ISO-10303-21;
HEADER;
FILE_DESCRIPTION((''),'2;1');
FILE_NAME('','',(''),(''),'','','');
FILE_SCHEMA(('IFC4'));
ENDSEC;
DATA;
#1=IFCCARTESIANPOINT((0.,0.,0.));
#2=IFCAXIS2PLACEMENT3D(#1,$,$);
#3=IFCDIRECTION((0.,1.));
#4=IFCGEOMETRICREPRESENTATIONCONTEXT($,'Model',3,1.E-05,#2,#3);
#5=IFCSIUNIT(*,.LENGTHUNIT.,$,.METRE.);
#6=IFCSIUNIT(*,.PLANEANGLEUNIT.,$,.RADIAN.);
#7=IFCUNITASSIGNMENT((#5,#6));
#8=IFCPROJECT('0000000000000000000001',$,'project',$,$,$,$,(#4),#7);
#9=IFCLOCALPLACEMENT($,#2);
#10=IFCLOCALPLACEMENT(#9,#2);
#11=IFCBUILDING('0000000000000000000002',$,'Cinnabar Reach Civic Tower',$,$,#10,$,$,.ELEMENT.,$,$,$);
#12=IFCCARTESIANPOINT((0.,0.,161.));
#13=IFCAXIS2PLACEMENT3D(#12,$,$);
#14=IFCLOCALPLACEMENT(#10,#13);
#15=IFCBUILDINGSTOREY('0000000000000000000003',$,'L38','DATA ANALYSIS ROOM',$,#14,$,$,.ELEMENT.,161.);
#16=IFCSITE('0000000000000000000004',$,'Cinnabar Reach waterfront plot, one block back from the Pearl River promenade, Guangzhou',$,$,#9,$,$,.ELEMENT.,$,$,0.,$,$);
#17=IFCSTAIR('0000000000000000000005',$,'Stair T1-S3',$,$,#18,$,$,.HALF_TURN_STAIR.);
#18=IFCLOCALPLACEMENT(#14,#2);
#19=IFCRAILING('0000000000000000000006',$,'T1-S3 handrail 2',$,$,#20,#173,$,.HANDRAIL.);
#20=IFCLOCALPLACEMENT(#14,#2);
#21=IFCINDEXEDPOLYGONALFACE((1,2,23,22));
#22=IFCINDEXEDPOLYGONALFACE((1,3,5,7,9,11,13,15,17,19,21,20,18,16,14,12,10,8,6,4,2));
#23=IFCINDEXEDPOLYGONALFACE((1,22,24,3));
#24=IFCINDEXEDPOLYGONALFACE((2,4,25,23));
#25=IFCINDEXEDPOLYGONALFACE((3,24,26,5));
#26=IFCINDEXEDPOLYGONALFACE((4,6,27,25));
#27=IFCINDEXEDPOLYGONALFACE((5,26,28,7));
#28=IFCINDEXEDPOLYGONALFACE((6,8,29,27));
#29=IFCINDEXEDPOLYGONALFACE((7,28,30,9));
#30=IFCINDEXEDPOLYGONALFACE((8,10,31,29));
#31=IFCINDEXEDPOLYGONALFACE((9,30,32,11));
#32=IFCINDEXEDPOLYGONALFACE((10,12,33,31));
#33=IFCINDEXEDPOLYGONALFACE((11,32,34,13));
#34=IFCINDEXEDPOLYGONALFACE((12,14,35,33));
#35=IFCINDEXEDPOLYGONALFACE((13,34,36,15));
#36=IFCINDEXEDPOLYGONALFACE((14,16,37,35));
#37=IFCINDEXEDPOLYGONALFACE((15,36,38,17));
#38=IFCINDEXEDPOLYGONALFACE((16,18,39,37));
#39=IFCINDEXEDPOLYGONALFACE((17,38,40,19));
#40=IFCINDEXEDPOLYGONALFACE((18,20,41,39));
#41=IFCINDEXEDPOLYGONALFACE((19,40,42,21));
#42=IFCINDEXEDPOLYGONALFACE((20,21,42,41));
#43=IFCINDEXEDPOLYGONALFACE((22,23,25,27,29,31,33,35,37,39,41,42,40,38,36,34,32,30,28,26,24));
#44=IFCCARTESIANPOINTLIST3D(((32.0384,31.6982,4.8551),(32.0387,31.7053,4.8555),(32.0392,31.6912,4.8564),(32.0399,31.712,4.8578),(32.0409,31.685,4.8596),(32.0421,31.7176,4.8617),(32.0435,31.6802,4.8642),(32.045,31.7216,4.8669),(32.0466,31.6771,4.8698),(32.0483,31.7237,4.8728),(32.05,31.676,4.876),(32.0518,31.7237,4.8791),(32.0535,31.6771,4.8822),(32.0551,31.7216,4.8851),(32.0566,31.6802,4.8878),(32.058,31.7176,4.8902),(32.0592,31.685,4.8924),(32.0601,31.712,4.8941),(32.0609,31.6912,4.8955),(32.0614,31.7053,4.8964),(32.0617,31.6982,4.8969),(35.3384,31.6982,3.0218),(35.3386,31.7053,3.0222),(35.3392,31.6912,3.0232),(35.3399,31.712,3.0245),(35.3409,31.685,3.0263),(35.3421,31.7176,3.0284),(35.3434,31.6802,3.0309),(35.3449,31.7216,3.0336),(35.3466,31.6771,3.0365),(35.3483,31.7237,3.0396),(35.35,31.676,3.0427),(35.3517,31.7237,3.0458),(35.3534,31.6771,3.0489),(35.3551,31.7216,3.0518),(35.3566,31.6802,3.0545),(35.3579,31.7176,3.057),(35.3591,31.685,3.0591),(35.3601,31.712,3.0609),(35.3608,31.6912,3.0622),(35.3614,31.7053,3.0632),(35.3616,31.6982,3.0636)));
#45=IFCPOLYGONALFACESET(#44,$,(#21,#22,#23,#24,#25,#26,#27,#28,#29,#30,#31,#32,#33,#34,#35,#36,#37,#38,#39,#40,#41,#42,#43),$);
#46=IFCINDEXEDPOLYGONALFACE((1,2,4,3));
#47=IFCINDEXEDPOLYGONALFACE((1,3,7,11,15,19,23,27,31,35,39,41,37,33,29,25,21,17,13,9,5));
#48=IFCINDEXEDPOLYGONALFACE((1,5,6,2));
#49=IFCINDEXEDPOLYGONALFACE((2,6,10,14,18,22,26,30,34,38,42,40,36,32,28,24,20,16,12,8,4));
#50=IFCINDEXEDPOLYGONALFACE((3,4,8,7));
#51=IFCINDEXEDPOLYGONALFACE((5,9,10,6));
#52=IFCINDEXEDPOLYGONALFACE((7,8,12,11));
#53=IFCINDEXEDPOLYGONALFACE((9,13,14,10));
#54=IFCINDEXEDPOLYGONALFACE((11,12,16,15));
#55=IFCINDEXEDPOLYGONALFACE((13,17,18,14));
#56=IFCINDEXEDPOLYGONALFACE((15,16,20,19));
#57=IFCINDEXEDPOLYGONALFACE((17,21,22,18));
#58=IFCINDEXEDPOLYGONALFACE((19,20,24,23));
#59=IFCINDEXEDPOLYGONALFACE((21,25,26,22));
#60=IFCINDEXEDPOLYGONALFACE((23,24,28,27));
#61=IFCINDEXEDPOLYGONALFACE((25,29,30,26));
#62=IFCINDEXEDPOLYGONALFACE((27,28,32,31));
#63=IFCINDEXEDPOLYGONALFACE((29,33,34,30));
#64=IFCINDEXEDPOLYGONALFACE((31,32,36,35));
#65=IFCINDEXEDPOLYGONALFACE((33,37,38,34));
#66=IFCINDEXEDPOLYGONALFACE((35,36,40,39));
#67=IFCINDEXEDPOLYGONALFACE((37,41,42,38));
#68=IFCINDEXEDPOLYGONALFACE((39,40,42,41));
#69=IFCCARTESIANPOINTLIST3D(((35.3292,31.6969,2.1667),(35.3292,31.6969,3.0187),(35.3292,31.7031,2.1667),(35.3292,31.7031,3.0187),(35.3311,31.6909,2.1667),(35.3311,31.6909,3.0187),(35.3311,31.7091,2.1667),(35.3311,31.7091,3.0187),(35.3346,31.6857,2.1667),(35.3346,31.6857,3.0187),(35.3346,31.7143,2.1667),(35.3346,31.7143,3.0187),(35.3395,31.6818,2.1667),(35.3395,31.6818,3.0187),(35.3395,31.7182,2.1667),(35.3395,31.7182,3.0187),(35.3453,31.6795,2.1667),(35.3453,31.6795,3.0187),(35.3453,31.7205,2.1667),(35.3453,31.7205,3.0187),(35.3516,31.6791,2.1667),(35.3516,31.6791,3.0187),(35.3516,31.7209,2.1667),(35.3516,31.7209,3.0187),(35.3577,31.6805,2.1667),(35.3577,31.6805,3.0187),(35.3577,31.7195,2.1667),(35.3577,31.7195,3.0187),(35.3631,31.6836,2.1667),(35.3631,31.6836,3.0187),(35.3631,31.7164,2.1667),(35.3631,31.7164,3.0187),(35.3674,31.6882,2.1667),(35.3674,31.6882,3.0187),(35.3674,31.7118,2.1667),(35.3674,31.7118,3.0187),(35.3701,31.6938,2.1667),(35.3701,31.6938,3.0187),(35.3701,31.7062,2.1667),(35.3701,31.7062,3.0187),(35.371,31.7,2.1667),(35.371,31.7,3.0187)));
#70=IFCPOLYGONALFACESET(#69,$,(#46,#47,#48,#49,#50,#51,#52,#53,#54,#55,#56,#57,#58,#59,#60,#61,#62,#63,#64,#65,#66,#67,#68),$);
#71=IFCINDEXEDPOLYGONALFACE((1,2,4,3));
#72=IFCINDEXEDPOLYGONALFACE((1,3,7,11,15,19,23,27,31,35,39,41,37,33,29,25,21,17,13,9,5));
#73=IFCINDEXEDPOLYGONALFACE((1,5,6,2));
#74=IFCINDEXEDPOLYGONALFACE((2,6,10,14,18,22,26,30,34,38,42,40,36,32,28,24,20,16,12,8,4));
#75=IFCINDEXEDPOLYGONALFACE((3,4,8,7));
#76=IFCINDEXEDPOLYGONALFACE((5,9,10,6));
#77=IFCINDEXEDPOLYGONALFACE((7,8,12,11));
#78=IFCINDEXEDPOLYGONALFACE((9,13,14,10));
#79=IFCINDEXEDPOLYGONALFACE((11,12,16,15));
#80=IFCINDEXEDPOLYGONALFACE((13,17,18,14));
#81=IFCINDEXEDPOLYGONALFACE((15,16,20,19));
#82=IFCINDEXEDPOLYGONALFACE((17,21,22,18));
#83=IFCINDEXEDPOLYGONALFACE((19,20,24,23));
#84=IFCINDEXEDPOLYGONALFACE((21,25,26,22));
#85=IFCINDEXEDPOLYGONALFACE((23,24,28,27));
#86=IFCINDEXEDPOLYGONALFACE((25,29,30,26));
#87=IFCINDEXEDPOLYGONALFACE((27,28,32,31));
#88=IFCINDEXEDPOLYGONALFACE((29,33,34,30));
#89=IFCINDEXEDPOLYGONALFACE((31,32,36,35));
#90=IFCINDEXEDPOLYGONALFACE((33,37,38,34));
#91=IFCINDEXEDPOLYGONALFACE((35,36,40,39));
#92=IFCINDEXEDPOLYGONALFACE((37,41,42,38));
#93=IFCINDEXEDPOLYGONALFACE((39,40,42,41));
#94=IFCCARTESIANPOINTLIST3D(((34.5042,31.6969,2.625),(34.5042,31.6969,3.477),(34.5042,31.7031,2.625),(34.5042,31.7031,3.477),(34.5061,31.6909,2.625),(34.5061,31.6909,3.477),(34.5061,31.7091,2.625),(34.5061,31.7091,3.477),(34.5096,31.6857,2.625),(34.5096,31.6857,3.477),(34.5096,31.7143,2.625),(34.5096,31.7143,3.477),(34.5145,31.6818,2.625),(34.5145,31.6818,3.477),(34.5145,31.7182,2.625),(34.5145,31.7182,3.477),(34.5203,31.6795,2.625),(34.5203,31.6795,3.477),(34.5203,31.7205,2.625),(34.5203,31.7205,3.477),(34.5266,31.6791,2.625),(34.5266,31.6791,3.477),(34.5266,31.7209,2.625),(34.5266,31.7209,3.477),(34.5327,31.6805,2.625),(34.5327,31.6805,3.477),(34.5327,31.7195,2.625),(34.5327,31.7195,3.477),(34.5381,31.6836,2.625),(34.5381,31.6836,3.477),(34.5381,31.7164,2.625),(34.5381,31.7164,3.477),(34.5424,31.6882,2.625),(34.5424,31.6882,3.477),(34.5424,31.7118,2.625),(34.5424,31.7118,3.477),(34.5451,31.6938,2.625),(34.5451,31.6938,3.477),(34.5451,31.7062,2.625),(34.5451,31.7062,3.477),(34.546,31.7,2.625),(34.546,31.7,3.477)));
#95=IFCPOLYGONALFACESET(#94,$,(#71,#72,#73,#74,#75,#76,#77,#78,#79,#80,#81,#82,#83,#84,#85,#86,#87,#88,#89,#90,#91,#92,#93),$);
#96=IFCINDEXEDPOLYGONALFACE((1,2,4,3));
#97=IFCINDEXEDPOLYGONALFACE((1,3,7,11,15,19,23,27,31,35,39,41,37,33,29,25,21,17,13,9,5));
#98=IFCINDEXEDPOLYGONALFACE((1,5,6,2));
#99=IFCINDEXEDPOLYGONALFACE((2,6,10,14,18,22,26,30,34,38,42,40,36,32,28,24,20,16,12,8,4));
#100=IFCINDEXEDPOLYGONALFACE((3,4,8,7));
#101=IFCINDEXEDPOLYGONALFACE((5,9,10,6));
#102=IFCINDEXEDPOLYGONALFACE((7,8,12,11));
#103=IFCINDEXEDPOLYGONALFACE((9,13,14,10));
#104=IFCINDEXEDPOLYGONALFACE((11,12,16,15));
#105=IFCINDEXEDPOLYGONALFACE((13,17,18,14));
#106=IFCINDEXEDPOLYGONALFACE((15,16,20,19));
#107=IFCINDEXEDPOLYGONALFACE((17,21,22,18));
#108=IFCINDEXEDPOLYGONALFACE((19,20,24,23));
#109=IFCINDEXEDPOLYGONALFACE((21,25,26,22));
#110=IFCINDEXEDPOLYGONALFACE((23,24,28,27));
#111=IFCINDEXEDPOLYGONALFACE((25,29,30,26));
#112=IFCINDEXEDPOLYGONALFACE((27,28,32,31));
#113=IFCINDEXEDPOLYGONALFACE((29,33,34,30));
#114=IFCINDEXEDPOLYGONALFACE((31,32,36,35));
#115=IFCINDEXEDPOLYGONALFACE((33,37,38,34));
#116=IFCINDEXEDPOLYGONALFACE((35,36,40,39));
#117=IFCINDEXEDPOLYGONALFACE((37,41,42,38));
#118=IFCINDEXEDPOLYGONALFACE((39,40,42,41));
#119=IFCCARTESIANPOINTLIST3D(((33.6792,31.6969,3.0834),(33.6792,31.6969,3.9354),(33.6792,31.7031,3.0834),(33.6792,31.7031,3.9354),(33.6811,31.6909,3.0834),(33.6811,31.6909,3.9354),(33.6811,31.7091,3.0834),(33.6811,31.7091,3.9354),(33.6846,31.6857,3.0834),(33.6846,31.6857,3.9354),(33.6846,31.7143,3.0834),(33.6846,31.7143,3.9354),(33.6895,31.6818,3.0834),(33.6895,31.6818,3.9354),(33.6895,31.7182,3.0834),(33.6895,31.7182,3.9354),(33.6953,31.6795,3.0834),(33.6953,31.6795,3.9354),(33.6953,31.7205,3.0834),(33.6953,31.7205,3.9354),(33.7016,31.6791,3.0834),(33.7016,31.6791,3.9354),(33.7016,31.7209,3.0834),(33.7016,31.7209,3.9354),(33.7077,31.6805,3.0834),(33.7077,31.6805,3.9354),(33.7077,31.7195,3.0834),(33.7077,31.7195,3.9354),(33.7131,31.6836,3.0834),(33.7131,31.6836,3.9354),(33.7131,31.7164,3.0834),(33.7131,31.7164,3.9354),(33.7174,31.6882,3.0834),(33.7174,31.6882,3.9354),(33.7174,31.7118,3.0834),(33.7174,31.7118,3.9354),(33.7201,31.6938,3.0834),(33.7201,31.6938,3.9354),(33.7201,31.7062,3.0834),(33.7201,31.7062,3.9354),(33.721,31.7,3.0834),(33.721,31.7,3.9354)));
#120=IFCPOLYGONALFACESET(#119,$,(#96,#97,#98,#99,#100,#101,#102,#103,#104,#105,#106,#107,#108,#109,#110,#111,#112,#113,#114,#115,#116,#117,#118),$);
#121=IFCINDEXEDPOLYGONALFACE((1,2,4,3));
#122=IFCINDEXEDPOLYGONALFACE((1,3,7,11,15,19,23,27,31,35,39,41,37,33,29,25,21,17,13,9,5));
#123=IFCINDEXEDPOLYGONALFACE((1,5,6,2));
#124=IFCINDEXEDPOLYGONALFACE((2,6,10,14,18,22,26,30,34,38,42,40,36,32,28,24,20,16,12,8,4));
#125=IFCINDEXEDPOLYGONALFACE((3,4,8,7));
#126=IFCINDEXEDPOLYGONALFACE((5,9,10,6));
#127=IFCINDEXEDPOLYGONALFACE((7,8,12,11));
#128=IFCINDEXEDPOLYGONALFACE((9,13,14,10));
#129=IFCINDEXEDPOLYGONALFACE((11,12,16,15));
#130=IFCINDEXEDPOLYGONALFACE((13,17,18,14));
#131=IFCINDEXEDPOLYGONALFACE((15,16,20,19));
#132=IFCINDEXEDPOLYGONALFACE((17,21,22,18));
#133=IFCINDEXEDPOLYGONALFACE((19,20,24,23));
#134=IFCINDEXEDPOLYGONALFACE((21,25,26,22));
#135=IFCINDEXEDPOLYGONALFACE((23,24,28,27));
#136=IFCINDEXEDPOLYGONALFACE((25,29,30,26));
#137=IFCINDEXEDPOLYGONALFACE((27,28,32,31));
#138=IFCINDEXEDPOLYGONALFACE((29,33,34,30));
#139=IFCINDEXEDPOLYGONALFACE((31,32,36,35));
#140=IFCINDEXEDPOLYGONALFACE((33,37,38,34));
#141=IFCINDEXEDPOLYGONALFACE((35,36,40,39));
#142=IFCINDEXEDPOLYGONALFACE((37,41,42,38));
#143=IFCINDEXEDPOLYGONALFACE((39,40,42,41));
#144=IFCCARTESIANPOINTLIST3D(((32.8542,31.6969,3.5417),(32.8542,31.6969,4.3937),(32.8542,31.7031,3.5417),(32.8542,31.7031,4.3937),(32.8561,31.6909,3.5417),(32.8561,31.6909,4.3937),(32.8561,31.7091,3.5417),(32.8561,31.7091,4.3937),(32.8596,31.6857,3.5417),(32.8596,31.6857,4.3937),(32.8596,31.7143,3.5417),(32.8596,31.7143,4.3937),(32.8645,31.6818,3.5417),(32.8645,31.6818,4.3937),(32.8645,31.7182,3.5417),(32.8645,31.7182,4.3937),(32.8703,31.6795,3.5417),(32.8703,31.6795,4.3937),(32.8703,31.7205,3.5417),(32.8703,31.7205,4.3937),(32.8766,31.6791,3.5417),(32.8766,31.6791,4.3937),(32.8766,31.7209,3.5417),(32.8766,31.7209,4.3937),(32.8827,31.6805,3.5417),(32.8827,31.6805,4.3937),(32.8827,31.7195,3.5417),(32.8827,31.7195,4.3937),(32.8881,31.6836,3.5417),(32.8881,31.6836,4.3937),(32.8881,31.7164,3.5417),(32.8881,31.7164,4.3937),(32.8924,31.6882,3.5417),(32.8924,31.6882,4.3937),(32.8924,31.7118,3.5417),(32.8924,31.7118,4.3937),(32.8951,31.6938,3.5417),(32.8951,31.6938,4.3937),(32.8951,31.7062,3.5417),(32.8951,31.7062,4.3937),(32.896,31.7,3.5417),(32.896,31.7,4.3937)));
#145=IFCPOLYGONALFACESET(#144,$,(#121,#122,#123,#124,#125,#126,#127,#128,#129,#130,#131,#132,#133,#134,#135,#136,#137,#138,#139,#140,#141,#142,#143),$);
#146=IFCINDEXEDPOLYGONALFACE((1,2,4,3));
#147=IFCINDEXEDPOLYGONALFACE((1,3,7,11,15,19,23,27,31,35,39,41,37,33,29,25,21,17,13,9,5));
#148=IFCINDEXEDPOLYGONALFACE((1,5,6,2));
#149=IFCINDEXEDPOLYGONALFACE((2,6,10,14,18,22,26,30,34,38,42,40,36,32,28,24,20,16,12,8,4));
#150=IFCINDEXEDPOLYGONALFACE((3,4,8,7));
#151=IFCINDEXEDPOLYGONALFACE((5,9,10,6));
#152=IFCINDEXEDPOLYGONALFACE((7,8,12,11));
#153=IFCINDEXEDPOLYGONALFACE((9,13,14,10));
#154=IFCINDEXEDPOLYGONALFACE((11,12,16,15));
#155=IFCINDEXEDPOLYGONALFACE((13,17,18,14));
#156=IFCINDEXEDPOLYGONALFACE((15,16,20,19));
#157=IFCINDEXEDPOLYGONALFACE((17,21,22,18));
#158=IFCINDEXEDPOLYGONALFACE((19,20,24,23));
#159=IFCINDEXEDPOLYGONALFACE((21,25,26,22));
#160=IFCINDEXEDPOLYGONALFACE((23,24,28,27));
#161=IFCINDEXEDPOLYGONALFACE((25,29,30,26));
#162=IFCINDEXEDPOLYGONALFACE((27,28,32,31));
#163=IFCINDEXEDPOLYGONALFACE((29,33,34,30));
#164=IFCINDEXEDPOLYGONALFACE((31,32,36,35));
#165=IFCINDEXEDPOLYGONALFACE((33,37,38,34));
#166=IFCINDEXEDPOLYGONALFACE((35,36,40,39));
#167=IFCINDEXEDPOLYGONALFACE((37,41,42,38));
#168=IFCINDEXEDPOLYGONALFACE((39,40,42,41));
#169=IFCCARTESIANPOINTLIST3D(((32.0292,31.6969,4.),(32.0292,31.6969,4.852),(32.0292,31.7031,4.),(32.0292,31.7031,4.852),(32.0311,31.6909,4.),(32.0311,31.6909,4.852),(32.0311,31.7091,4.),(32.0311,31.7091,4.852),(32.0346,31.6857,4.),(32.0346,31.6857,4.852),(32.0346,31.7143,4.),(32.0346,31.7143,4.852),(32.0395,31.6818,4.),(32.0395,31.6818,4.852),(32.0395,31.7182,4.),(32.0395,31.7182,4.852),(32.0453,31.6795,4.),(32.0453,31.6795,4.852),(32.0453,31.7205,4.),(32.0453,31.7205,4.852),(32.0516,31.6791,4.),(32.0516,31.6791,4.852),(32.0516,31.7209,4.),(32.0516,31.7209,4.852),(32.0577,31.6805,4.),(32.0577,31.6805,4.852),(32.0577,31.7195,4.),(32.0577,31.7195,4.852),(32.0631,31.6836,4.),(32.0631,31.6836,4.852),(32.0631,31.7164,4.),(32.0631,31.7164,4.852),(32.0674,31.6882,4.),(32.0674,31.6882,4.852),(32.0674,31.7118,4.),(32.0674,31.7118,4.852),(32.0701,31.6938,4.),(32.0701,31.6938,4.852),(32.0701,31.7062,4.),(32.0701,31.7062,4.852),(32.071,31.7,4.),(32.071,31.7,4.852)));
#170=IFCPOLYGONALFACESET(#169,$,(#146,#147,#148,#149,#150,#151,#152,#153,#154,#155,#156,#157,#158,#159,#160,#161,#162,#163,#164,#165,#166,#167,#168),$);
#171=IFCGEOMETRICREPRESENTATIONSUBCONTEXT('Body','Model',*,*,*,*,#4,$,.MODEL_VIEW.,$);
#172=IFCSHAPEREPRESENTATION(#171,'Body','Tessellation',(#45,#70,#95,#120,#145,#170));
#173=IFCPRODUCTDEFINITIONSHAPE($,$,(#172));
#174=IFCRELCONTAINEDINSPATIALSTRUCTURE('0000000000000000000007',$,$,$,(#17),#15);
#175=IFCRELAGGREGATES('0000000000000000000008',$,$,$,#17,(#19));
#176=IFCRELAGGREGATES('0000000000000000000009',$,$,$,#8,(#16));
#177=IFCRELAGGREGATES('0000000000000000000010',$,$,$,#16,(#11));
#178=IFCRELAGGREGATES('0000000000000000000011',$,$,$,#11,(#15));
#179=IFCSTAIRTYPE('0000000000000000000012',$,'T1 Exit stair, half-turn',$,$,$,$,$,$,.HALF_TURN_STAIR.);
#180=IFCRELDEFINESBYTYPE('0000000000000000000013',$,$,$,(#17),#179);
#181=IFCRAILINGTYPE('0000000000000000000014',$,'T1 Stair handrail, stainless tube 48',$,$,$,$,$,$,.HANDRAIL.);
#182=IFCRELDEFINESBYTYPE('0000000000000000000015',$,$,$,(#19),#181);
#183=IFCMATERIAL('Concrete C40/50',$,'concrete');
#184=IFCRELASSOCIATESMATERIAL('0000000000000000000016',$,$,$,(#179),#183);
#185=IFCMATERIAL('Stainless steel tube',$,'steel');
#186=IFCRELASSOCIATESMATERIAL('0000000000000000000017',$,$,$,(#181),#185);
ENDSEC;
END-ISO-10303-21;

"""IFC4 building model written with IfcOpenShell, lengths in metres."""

from ifc_helpers import new_model, si_unit, direction, frame, origin, origin_2d, place, context, subcontext, project, spatial, circle, extrude, material, type_object, element, aggregate, save


model = new_model("IFC4")

# Units and contexts
model_context = context("Model", 3, precision=1e-05, world=origin(), true_north=direction((0.0, 1.0)))
body_context = subcontext(model_context, "Body", "Model", "MODEL_VIEW")
ifc_project = project(units=[si_unit("LENGTHUNIT", "METRE"), si_unit("PLANEANGLEUNIT", "RADIAN")], contexts=[model_context])

# Site, building, storey
site_placement = place(None, origin())
site = spatial("IfcSite", under=ifc_project, at=site_placement, Name="Cinnabar Reach waterfront plot, one block back from the Pearl River promenade, Guangzhou", CompositionType="ELEMENT", RefElevation=0.0)
building_placement = place(site_placement, origin())
building = spatial("IfcBuilding", under=site, at=building_placement, Name="Cinnabar Reach Civic Tower", CompositionType="ELEMENT")
storey_placement = place(building_placement, frame((0.0, 0.0, 161.0)))
storey = spatial("IfcBuildingStorey", under=building, at=storey_placement, Name="L38", Description="DATA ANALYSIS ROOM", CompositionType="ELEMENT", Elevation=161.0)

# Stair, railing
ifc_material_1 = material(Name="Concrete C40/50", Category="concrete")
stair_type = type_object("IfcStairType", Name="T1 Exit stair, half-turn", PredefinedType="HALF_TURN_STAIR", material=ifc_material_1)
stair_placement = place(storey_placement, origin())
stair = element("IfcStair", 1, at=stair_placement, inside=storey, type_object=stair_type, Name="Stair T1-S3", PredefinedType="HALF_TURN_STAIR")
ifc_material_2 = material(Name="Stainless steel tube", Category="steel")
railing_type = type_object("IfcRailingType", Name="T1 Stair handrail, stainless tube 48", PredefinedType="HANDRAIL", material=ifc_material_2)
railing_placement = place(storey_placement, frame((35.35, 31.7, 2.1667)))
railing = element("IfcRailing", 2, at=railing_placement, type_object=railing_type, Name="T1-S3 handrail 2", PredefinedType="HANDRAIL", context=body_context, shape_type="SweptSolid", body=[
    extrude(circle(Radius=0.024, at=origin_2d()), frame((0.0, 0.0, 0.876), z_axis=(-0.874161, 0.0, 0.485636), x_axis=(0.0, -1.0, 0.0)), (0.0, 0.0, 1.0), 3.775),
    extrude(circle(Radius=0.021, at=origin_2d()), origin(), (0.0, 0.0, 1.0), 0.852),
    extrude(circle(Radius=0.021, at=origin_2d()), frame((-0.825, 0.0, 0.4583)), (0.0, 0.0, 1.0), 0.852),
    extrude(circle(Radius=0.021, at=origin_2d()), frame((-1.65, 0.0, 0.9167)), (0.0, 0.0, 1.0), 0.852),
    extrude(circle(Radius=0.021, at=origin_2d()), frame((-2.475, 0.0, 1.375)), (0.0, 0.0, 1.0), 0.852),
    extrude(circle(Radius=0.021, at=origin_2d()), frame((-3.3, 0.0, 1.8333)), (0.0, 0.0, 1.0), 0.852),
])
aggregate(stair, [railing])

save(model, "model.ifc")
